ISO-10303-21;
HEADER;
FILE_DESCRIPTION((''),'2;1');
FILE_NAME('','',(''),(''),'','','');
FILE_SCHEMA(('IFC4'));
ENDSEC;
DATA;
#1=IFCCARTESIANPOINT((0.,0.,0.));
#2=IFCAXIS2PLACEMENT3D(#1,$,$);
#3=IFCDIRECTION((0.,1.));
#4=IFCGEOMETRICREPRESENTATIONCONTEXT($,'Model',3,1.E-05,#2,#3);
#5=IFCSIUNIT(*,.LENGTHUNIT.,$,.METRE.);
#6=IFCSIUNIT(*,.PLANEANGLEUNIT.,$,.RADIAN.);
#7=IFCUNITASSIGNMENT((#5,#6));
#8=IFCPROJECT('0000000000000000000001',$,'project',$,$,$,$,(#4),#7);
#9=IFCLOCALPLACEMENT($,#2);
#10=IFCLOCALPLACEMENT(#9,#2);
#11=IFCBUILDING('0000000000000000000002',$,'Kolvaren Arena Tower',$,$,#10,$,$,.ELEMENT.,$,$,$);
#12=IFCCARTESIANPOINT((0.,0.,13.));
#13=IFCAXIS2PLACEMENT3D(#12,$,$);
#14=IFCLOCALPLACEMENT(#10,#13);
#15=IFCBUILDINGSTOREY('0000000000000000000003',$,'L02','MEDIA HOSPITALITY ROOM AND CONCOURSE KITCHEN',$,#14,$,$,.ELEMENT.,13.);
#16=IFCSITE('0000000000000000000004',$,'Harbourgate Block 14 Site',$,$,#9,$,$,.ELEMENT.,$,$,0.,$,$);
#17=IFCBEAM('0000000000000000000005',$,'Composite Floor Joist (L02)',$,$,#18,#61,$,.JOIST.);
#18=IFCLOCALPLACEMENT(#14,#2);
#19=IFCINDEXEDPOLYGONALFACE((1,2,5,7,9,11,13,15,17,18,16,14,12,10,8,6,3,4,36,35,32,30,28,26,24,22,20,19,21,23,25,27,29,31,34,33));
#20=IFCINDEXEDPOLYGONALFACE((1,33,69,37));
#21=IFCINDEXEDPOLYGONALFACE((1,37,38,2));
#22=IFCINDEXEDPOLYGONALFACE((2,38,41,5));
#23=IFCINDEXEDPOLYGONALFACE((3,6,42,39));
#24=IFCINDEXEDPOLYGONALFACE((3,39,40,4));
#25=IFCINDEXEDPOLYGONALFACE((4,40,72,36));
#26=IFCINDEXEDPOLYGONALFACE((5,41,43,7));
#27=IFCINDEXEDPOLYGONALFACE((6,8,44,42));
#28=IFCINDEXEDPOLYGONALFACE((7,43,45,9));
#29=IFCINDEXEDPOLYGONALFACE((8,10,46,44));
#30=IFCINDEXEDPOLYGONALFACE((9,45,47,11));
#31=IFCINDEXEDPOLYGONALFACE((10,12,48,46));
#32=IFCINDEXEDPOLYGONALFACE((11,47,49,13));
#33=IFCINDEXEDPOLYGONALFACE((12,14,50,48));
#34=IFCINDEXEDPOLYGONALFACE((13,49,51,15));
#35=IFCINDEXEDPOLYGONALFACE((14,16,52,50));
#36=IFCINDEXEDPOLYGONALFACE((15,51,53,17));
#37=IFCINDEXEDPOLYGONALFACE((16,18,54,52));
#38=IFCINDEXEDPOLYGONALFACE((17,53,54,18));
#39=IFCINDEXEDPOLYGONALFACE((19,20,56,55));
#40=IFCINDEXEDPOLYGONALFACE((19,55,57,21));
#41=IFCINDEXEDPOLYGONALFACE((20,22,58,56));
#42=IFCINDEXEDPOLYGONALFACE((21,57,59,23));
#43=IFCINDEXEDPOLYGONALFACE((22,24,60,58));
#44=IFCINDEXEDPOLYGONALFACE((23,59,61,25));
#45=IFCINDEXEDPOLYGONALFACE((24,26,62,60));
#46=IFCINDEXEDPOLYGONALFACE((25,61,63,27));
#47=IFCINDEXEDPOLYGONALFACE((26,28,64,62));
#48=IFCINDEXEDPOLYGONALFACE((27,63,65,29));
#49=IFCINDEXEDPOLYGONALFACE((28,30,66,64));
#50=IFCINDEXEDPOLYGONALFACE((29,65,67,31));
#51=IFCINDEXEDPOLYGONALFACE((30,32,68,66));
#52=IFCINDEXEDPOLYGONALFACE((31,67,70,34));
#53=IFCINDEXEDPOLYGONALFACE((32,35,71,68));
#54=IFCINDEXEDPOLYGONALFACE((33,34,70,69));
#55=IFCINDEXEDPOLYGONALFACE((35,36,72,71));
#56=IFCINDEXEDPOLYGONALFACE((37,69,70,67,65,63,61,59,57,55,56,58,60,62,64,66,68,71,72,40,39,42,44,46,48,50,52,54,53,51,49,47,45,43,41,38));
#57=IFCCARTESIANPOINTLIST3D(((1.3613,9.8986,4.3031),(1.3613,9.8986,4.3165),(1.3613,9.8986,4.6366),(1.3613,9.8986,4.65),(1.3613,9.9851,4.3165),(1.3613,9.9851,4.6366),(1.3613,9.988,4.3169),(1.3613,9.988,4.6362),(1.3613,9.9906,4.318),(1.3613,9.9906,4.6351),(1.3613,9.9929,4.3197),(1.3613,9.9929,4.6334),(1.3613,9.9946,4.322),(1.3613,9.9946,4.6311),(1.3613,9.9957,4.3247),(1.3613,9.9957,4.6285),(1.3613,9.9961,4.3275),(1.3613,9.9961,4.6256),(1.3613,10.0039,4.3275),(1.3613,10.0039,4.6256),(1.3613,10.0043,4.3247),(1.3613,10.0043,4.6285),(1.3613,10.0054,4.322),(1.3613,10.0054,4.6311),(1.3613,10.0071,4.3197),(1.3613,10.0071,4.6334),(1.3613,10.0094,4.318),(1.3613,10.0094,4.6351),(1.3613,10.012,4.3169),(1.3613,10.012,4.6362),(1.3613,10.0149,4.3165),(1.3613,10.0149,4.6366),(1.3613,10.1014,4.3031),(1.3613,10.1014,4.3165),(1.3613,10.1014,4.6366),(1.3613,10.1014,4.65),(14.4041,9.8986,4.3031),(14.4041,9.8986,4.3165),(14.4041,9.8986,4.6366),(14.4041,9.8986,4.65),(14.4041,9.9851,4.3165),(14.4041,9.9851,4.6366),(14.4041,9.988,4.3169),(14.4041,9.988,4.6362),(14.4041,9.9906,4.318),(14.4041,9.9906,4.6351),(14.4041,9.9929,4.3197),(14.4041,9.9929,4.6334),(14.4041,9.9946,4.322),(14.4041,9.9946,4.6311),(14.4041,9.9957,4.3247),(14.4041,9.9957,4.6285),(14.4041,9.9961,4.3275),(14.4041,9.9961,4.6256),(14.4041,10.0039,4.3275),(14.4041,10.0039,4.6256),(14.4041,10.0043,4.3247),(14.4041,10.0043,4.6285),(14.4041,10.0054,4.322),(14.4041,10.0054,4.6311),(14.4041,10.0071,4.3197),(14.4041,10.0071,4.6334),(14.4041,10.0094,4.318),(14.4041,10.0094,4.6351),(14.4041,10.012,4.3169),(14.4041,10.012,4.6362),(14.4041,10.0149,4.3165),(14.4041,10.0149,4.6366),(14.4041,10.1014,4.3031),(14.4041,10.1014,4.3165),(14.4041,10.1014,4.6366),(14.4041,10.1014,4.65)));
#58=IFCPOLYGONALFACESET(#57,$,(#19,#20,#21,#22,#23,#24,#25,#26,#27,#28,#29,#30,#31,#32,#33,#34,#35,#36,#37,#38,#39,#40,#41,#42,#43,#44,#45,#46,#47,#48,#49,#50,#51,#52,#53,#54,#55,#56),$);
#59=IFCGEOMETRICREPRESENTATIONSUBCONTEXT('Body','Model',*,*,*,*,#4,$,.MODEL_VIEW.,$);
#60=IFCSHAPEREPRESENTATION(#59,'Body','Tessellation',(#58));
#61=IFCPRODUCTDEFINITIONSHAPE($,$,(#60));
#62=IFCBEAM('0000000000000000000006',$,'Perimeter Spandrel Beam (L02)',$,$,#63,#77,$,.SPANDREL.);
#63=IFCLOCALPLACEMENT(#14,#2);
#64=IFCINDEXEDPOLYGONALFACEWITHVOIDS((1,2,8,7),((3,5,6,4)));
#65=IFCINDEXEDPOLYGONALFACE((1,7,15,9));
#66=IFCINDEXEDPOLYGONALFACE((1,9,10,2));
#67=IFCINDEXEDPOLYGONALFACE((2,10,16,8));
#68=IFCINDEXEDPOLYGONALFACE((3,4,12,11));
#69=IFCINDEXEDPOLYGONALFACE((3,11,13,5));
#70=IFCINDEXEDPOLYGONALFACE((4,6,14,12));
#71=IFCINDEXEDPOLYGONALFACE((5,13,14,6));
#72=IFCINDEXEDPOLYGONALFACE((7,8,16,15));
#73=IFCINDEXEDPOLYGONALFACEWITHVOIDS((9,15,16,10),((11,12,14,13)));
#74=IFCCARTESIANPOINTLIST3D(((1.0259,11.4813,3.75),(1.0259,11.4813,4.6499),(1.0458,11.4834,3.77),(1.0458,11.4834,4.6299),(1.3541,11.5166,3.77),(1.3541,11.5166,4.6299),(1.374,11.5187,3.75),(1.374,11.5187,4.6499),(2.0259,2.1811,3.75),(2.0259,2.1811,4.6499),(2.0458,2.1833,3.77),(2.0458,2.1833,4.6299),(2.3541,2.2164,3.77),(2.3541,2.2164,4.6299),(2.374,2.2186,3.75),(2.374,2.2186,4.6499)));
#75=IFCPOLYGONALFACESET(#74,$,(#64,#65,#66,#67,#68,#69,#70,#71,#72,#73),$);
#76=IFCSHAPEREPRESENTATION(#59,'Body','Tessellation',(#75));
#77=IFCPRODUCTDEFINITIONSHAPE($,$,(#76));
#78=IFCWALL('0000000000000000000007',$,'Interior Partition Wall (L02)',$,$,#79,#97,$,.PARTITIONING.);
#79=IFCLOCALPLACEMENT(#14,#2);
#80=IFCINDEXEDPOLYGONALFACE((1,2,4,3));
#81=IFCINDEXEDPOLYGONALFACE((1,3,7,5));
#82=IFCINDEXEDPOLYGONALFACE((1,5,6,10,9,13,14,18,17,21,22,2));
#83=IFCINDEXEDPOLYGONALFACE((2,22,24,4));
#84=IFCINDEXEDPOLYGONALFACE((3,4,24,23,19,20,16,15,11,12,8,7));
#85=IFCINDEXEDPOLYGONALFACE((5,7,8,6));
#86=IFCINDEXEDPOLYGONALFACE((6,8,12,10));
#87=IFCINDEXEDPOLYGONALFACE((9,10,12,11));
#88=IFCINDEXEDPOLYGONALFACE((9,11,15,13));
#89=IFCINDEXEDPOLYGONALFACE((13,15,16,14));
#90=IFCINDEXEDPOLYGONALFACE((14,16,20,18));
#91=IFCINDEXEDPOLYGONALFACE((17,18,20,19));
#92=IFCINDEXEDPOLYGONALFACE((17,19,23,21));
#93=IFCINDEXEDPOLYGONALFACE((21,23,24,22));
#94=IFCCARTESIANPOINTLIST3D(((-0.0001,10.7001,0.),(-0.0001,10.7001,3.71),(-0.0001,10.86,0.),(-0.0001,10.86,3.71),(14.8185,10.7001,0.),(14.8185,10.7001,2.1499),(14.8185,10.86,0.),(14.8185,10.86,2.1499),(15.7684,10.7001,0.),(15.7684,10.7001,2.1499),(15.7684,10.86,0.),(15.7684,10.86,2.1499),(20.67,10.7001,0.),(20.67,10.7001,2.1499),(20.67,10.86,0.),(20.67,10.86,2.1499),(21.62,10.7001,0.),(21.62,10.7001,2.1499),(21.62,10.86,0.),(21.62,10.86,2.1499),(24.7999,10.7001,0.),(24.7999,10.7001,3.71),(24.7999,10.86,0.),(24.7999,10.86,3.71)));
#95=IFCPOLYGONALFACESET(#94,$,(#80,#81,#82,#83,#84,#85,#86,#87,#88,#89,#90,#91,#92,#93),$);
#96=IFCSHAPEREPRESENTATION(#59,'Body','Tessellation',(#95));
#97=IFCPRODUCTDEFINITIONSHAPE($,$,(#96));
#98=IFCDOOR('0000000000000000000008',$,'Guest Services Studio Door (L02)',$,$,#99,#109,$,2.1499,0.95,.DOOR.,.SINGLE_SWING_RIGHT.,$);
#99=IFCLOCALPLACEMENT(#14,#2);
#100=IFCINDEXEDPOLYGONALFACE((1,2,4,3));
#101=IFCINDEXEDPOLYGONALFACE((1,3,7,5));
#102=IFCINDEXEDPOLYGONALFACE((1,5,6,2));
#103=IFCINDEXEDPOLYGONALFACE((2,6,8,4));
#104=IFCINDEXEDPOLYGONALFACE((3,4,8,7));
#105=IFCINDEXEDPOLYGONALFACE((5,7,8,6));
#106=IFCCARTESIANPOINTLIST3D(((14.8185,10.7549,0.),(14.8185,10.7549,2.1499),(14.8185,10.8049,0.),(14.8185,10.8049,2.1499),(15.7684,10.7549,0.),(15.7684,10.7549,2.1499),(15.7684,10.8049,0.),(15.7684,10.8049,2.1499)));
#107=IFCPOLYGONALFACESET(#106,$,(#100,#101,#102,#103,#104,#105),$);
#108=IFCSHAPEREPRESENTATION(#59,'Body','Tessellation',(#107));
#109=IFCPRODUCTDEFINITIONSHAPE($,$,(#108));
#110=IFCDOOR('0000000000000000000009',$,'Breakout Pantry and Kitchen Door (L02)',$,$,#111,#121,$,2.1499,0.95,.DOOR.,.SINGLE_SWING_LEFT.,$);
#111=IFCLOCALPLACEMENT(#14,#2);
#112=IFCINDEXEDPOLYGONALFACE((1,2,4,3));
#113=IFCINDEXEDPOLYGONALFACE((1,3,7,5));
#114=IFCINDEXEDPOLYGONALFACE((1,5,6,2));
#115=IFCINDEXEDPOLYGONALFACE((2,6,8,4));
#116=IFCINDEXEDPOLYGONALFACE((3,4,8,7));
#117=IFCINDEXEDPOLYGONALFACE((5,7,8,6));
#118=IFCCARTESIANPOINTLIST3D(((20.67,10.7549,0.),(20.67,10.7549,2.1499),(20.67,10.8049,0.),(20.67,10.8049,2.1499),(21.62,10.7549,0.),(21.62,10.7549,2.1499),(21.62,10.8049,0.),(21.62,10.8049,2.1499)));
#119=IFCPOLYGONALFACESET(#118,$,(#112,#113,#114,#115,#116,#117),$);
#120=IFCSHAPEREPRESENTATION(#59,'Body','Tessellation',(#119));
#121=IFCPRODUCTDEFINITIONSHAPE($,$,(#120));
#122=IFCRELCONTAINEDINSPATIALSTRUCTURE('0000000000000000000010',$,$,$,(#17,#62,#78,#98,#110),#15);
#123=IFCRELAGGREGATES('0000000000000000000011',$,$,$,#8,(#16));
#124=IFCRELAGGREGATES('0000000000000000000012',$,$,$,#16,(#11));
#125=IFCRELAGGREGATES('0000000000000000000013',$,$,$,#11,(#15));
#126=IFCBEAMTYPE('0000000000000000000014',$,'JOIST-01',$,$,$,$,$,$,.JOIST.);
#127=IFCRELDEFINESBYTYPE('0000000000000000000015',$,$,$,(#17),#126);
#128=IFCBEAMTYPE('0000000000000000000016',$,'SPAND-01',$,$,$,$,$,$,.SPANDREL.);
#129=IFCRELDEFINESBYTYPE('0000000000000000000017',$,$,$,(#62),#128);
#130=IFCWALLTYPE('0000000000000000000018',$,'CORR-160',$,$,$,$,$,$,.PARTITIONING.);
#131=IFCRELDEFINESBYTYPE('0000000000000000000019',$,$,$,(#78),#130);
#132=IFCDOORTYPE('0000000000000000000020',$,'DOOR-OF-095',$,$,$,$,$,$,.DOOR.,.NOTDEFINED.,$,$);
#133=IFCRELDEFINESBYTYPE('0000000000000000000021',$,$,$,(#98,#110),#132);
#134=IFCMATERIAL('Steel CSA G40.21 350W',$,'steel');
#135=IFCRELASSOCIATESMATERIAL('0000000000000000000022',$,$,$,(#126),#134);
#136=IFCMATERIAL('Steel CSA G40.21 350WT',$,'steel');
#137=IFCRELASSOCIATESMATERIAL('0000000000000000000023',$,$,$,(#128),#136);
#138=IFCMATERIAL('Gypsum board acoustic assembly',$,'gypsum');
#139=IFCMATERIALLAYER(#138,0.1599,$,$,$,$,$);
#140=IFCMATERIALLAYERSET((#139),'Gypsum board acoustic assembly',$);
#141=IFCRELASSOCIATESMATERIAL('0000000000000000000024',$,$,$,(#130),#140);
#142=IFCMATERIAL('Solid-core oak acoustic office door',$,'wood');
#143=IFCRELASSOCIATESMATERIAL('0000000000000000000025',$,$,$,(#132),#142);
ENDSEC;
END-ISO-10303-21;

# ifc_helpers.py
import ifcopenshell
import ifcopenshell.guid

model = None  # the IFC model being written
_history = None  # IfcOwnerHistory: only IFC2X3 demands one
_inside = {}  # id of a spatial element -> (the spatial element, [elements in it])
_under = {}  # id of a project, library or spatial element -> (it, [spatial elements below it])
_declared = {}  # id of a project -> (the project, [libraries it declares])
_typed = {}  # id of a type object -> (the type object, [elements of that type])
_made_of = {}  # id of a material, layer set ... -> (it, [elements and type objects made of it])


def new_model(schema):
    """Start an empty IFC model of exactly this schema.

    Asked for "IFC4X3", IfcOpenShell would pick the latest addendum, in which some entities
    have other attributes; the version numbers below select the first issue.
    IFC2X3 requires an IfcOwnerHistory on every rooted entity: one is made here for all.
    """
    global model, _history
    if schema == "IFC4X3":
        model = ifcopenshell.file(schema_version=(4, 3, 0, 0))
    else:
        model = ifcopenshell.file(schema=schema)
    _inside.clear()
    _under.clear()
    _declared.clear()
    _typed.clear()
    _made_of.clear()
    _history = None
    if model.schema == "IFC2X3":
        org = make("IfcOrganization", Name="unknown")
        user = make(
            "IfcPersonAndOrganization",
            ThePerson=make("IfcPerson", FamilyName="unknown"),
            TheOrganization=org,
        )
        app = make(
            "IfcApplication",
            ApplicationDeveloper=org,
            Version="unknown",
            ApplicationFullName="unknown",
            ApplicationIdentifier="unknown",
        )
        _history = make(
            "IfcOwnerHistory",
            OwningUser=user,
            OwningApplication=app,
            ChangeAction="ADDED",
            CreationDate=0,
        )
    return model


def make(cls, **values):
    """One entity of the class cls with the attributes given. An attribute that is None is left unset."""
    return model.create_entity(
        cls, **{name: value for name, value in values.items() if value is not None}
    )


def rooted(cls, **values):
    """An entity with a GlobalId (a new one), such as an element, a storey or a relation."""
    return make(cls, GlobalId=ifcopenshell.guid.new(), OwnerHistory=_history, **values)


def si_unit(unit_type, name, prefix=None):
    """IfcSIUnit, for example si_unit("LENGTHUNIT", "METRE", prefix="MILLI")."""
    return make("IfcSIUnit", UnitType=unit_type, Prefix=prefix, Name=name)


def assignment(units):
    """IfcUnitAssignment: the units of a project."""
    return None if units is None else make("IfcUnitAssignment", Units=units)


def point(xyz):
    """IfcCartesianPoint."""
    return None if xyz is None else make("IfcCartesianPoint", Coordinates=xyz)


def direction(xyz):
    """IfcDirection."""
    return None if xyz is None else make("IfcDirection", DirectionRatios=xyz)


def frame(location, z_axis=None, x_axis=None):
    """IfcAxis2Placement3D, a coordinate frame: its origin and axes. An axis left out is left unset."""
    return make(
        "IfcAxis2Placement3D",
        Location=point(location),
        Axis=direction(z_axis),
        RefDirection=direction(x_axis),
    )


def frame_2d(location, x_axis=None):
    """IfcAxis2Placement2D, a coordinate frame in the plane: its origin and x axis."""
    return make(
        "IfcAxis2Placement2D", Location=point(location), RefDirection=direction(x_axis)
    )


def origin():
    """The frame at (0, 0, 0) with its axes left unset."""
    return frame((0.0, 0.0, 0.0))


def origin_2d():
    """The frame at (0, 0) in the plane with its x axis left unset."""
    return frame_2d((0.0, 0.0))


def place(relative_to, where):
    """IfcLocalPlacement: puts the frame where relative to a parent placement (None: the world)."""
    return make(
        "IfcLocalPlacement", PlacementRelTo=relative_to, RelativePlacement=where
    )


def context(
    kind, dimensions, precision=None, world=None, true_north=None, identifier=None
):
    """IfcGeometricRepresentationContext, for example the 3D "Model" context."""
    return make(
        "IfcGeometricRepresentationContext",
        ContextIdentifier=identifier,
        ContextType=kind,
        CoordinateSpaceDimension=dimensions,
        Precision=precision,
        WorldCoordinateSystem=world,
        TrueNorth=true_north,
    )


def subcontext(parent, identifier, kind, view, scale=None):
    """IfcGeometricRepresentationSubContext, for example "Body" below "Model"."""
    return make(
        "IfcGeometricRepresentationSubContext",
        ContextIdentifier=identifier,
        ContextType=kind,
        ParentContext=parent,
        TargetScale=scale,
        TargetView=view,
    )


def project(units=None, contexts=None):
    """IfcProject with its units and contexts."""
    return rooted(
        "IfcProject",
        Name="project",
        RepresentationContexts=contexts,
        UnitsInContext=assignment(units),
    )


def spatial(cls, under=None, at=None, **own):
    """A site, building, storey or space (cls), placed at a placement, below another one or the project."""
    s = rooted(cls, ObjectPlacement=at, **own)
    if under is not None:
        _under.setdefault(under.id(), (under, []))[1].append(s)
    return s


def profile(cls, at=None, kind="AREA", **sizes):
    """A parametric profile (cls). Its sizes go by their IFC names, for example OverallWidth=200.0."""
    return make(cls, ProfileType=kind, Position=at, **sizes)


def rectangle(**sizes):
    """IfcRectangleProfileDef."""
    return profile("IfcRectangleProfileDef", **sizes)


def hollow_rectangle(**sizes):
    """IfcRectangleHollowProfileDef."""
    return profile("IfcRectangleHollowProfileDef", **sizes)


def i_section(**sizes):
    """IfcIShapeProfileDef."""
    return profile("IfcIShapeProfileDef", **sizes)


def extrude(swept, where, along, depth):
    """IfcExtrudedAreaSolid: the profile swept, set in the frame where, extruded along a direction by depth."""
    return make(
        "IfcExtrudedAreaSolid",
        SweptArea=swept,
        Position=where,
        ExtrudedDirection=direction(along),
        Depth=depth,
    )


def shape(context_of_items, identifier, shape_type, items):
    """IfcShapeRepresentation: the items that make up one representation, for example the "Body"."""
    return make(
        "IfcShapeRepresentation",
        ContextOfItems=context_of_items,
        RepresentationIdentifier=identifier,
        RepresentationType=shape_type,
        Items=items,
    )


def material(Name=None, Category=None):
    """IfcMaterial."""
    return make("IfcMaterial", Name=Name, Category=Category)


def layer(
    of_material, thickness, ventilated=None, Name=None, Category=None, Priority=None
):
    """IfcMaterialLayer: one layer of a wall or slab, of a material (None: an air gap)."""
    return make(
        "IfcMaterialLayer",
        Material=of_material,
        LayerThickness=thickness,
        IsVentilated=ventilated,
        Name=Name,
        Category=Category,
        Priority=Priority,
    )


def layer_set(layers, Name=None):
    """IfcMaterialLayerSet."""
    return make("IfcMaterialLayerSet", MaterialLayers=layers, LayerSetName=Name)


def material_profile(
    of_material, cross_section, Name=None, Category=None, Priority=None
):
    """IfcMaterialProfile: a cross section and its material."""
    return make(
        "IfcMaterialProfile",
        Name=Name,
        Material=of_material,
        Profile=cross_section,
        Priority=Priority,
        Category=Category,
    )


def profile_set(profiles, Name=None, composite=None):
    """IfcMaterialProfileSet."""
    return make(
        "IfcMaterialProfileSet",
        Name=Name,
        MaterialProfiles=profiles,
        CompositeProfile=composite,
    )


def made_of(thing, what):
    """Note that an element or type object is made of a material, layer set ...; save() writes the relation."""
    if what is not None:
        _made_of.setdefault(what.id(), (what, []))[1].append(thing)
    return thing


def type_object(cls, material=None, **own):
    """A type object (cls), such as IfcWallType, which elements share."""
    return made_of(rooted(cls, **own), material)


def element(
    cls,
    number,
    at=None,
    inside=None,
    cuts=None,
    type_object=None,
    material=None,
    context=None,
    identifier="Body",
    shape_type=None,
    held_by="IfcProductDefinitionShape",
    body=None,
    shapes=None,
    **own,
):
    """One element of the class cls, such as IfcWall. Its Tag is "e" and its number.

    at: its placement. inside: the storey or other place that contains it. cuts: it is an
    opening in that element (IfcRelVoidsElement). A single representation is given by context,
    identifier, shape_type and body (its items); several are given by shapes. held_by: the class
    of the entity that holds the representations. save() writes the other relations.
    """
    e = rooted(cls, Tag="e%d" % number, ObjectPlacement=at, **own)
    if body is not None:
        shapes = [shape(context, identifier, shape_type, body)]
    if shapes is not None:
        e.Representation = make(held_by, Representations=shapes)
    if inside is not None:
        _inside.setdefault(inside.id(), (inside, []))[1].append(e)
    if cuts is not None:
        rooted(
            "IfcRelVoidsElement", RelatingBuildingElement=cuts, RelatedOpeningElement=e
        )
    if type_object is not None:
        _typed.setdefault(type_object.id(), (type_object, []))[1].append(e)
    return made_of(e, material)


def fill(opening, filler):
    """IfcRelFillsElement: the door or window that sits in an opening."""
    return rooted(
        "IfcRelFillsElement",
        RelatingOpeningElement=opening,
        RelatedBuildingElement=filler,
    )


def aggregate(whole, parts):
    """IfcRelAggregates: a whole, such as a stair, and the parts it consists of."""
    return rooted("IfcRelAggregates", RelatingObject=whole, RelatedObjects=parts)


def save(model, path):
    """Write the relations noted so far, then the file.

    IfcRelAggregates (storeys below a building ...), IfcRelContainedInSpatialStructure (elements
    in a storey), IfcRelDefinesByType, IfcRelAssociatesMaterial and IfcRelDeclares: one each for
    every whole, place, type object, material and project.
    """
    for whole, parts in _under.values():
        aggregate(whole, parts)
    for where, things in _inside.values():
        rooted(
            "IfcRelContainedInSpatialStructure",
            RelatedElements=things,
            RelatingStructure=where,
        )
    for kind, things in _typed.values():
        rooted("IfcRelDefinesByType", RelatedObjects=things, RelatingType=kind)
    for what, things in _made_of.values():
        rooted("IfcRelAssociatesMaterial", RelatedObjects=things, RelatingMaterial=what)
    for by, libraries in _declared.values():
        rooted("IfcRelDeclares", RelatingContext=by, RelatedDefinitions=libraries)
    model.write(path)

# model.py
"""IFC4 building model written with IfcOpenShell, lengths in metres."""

from ifc_helpers import new_model, si_unit, direction, frame, frame_2d, origin, origin_2d, place, context, subcontext, project, spatial, rectangle, hollow_rectangle, i_section, extrude, material, layer, layer_set, material_profile, profile_set, type_object, element, fill, save


model = new_model("IFC4")

# Units and contexts
model_context = context("Model", 3, precision=1e-05, world=origin(), true_north=direction((0.0, 1.0)))
body_context = subcontext(model_context, "Body", "Model", "MODEL_VIEW")
ifc_project = project(units=[si_unit("LENGTHUNIT", "METRE"), si_unit("PLANEANGLEUNIT", "RADIAN")], contexts=[model_context])

# Site, building, storey
site_placement = place(None, origin())
site = spatial("IfcSite", under=ifc_project, at=site_placement, Name="Harbourgate Block 14 Site", CompositionType="ELEMENT", RefElevation=0.0)
building_placement = place(site_placement, origin())
building = spatial("IfcBuilding", under=site, at=building_placement, Name="Kolvaren Arena Tower", CompositionType="ELEMENT")
storey_placement = place(building_placement, frame((0.0, 0.0, 13.0)))
storey = spatial("IfcBuildingStorey", under=building, at=storey_placement, Name="L02", Description="MEDIA HOSPITALITY ROOM AND CONCOURSE KITCHEN", CompositionType="ELEMENT", Elevation=13.0)

# Beams
ifc_material_1 = material(Name="Steel CSA G40.21 350W", Category="steel")
ifc_material_profile_1 = material_profile(ifc_material_1, i_section(OverallWidth=0.2029, OverallDepth=0.3469, WebThickness=0.0078, FlangeThickness=0.0134, FilletRadius=0.011, at=origin_2d()), Name="W360x64")
ifc_profile_set_1 = profile_set([ifc_material_profile_1], Name="Steel CSA G40.21 350W")
beam_type_1 = type_object("IfcBeamType", Name="JOIST-01", PredefinedType="JOIST", material=ifc_profile_set_1)
beam_1_placement = place(storey_placement, frame((1.3613, 10.0, 4.4766), z_axis=(1.0, 0.0, 0.0), x_axis=(0.0, 1.0, 0.0)))
element("IfcBeam", 1, at=beam_1_placement, inside=storey, type_object=beam_type_1, Name="Composite Floor Joist (L02)", PredefinedType="JOIST", context=body_context, shape_type="SweptSolid", body=[
    extrude(i_section(OverallWidth=0.2029, OverallDepth=0.3469, WebThickness=0.0078, FlangeThickness=0.0134, FilletRadius=0.011, at=origin_2d()), origin(), (0.0, 0.0, 1.0), 13.0427),
])
ifc_material_2 = material(Name="Steel CSA G40.21 350WT", Category="steel")
ifc_material_profile_2 = material_profile(ifc_material_2, hollow_rectangle(XDim=0.3501, YDim=0.8999, WallThickness=0.02, at=origin_2d()), Name="HSS 900x350x20")
ifc_profile_set_2 = profile_set([ifc_material_profile_2], Name="Steel CSA G40.21 350WT")
beam_type_2 = type_object("IfcBeamType", Name="SPAND-01", PredefinedType="SPANDREL", material=ifc_profile_set_2)
beam_2_placement = place(storey_placement, frame((1.2, 11.5, 4.2), z_axis=(0.10691, -0.994269, 0.0), x_axis=(0.994269, 0.10691, 0.0)))
element("IfcBeam", 2, at=beam_2_placement, inside=storey, type_object=beam_type_2, Name="Perimeter Spandrel Beam (L02)", PredefinedType="SPANDREL", context=body_context, shape_type="SweptSolid", body=[
    extrude(hollow_rectangle(XDim=0.3501, YDim=0.8999, WallThickness=0.02, at=origin_2d()), origin(), (0.0, 0.0, 1.0), 9.3538),
])

# Wall, openings, doors
ifc_material_3 = material(Name="Gypsum board acoustic assembly", Category="gypsum")
ifc_layer_1 = layer(ifc_material_3, 0.1599)
ifc_layer_set_1 = layer_set([ifc_layer_1], Name="Gypsum board acoustic assembly")
wall_type_1 = type_object("IfcWallType", Name="CORR-160", PredefinedType="PARTITIONING", material=ifc_layer_set_1)
wall_1_placement = place(storey_placement, frame((0.0, 10.78, 0.0), z_axis=(0.0, 0.0, 1.0), x_axis=(1.0, 0.0, 0.0)))
wall_1 = element("IfcWall", 3, at=wall_1_placement, inside=storey, type_object=wall_type_1, Name="Interior Partition Wall (L02)", PredefinedType="PARTITIONING", context=body_context, shape_type="SweptSolid", body=[
    extrude(rectangle(XDim=24.8, YDim=0.1599, at=frame_2d((12.3999, 0.0))), origin(), (0.0, 0.0, 1.0), 3.71),
])
opening_1_placement = place(wall_1_placement, frame((14.8184, 0.0, 0.0)))
opening_1 = element("IfcOpeningElement", 4, at=opening_1_placement, cuts=wall_1, PredefinedType="OPENING", context=body_context, shape_type="SweptSolid", body=[
    extrude(rectangle(XDim=0.95, YDim=2.1499, at=frame_2d((0.4751, 1.075))), frame((0.0, 0.0898, 0.0), z_axis=(0.0, -1.0, 0.0), x_axis=(1.0, 0.0, 0.0)), (0.0, 0.0, 1.0), 0.1799),
])
opening_2_placement = place(wall_1_placement, frame((20.6699, 0.0, 0.0)))
opening_2 = element("IfcOpeningElement", 5, at=opening_2_placement, cuts=wall_1, PredefinedType="OPENING", context=body_context, shape_type="SweptSolid", body=[
    extrude(rectangle(XDim=0.95, YDim=2.1499, at=frame_2d((0.4751, 1.075))), frame((0.0, 0.0898, 0.0), z_axis=(0.0, -1.0, 0.0), x_axis=(1.0, 0.0, 0.0)), (0.0, 0.0, 1.0), 0.1799),
])
ifc_material_4 = material(Name="Solid-core oak acoustic office door", Category="wood")
door_type = type_object("IfcDoorType", Name="DOOR-OF-095", OperationType="NOTDEFINED", PredefinedType="DOOR", material=ifc_material_4)
door_1_placement = place(opening_1_placement, origin())
door_1 = element("IfcDoor", 6, at=door_1_placement, inside=storey, type_object=door_type, Name="Guest Services Studio Door (L02)", OperationType="SINGLE_SWING_RIGHT", OverallHeight=2.1499, OverallWidth=0.95, PredefinedType="DOOR", context=body_context, shape_type="SweptSolid", body=[
    extrude(rectangle(XDim=0.95, YDim=2.1499, at=frame_2d((0.4751, 1.075))), frame((0.0, 0.0249, 0.0), z_axis=(0.0, -1.0, 0.0), x_axis=(1.0, 0.0, 0.0)), (0.0, 0.0, 1.0), 0.05),
])
fill(opening_1, door_1)
door_2_placement = place(opening_2_placement, origin())
door_2 = element("IfcDoor", 7, at=door_2_placement, inside=storey, type_object=door_type, Name="Breakout Pantry and Kitchen Door (L02)", OperationType="SINGLE_SWING_LEFT", OverallHeight=2.1499, OverallWidth=0.95, PredefinedType="DOOR", context=body_context, shape_type="SweptSolid", body=[
    extrude(rectangle(XDim=0.95, YDim=2.1499, at=frame_2d((0.4751, 1.075))), frame((0.0, 0.0249, 0.0), z_axis=(0.0, -1.0, 0.0), x_axis=(1.0, 0.0, 0.0)), (0.0, 0.0, 1.0), 0.05),
])
fill(opening_2, door_2)

save(model, "model.ifc")
